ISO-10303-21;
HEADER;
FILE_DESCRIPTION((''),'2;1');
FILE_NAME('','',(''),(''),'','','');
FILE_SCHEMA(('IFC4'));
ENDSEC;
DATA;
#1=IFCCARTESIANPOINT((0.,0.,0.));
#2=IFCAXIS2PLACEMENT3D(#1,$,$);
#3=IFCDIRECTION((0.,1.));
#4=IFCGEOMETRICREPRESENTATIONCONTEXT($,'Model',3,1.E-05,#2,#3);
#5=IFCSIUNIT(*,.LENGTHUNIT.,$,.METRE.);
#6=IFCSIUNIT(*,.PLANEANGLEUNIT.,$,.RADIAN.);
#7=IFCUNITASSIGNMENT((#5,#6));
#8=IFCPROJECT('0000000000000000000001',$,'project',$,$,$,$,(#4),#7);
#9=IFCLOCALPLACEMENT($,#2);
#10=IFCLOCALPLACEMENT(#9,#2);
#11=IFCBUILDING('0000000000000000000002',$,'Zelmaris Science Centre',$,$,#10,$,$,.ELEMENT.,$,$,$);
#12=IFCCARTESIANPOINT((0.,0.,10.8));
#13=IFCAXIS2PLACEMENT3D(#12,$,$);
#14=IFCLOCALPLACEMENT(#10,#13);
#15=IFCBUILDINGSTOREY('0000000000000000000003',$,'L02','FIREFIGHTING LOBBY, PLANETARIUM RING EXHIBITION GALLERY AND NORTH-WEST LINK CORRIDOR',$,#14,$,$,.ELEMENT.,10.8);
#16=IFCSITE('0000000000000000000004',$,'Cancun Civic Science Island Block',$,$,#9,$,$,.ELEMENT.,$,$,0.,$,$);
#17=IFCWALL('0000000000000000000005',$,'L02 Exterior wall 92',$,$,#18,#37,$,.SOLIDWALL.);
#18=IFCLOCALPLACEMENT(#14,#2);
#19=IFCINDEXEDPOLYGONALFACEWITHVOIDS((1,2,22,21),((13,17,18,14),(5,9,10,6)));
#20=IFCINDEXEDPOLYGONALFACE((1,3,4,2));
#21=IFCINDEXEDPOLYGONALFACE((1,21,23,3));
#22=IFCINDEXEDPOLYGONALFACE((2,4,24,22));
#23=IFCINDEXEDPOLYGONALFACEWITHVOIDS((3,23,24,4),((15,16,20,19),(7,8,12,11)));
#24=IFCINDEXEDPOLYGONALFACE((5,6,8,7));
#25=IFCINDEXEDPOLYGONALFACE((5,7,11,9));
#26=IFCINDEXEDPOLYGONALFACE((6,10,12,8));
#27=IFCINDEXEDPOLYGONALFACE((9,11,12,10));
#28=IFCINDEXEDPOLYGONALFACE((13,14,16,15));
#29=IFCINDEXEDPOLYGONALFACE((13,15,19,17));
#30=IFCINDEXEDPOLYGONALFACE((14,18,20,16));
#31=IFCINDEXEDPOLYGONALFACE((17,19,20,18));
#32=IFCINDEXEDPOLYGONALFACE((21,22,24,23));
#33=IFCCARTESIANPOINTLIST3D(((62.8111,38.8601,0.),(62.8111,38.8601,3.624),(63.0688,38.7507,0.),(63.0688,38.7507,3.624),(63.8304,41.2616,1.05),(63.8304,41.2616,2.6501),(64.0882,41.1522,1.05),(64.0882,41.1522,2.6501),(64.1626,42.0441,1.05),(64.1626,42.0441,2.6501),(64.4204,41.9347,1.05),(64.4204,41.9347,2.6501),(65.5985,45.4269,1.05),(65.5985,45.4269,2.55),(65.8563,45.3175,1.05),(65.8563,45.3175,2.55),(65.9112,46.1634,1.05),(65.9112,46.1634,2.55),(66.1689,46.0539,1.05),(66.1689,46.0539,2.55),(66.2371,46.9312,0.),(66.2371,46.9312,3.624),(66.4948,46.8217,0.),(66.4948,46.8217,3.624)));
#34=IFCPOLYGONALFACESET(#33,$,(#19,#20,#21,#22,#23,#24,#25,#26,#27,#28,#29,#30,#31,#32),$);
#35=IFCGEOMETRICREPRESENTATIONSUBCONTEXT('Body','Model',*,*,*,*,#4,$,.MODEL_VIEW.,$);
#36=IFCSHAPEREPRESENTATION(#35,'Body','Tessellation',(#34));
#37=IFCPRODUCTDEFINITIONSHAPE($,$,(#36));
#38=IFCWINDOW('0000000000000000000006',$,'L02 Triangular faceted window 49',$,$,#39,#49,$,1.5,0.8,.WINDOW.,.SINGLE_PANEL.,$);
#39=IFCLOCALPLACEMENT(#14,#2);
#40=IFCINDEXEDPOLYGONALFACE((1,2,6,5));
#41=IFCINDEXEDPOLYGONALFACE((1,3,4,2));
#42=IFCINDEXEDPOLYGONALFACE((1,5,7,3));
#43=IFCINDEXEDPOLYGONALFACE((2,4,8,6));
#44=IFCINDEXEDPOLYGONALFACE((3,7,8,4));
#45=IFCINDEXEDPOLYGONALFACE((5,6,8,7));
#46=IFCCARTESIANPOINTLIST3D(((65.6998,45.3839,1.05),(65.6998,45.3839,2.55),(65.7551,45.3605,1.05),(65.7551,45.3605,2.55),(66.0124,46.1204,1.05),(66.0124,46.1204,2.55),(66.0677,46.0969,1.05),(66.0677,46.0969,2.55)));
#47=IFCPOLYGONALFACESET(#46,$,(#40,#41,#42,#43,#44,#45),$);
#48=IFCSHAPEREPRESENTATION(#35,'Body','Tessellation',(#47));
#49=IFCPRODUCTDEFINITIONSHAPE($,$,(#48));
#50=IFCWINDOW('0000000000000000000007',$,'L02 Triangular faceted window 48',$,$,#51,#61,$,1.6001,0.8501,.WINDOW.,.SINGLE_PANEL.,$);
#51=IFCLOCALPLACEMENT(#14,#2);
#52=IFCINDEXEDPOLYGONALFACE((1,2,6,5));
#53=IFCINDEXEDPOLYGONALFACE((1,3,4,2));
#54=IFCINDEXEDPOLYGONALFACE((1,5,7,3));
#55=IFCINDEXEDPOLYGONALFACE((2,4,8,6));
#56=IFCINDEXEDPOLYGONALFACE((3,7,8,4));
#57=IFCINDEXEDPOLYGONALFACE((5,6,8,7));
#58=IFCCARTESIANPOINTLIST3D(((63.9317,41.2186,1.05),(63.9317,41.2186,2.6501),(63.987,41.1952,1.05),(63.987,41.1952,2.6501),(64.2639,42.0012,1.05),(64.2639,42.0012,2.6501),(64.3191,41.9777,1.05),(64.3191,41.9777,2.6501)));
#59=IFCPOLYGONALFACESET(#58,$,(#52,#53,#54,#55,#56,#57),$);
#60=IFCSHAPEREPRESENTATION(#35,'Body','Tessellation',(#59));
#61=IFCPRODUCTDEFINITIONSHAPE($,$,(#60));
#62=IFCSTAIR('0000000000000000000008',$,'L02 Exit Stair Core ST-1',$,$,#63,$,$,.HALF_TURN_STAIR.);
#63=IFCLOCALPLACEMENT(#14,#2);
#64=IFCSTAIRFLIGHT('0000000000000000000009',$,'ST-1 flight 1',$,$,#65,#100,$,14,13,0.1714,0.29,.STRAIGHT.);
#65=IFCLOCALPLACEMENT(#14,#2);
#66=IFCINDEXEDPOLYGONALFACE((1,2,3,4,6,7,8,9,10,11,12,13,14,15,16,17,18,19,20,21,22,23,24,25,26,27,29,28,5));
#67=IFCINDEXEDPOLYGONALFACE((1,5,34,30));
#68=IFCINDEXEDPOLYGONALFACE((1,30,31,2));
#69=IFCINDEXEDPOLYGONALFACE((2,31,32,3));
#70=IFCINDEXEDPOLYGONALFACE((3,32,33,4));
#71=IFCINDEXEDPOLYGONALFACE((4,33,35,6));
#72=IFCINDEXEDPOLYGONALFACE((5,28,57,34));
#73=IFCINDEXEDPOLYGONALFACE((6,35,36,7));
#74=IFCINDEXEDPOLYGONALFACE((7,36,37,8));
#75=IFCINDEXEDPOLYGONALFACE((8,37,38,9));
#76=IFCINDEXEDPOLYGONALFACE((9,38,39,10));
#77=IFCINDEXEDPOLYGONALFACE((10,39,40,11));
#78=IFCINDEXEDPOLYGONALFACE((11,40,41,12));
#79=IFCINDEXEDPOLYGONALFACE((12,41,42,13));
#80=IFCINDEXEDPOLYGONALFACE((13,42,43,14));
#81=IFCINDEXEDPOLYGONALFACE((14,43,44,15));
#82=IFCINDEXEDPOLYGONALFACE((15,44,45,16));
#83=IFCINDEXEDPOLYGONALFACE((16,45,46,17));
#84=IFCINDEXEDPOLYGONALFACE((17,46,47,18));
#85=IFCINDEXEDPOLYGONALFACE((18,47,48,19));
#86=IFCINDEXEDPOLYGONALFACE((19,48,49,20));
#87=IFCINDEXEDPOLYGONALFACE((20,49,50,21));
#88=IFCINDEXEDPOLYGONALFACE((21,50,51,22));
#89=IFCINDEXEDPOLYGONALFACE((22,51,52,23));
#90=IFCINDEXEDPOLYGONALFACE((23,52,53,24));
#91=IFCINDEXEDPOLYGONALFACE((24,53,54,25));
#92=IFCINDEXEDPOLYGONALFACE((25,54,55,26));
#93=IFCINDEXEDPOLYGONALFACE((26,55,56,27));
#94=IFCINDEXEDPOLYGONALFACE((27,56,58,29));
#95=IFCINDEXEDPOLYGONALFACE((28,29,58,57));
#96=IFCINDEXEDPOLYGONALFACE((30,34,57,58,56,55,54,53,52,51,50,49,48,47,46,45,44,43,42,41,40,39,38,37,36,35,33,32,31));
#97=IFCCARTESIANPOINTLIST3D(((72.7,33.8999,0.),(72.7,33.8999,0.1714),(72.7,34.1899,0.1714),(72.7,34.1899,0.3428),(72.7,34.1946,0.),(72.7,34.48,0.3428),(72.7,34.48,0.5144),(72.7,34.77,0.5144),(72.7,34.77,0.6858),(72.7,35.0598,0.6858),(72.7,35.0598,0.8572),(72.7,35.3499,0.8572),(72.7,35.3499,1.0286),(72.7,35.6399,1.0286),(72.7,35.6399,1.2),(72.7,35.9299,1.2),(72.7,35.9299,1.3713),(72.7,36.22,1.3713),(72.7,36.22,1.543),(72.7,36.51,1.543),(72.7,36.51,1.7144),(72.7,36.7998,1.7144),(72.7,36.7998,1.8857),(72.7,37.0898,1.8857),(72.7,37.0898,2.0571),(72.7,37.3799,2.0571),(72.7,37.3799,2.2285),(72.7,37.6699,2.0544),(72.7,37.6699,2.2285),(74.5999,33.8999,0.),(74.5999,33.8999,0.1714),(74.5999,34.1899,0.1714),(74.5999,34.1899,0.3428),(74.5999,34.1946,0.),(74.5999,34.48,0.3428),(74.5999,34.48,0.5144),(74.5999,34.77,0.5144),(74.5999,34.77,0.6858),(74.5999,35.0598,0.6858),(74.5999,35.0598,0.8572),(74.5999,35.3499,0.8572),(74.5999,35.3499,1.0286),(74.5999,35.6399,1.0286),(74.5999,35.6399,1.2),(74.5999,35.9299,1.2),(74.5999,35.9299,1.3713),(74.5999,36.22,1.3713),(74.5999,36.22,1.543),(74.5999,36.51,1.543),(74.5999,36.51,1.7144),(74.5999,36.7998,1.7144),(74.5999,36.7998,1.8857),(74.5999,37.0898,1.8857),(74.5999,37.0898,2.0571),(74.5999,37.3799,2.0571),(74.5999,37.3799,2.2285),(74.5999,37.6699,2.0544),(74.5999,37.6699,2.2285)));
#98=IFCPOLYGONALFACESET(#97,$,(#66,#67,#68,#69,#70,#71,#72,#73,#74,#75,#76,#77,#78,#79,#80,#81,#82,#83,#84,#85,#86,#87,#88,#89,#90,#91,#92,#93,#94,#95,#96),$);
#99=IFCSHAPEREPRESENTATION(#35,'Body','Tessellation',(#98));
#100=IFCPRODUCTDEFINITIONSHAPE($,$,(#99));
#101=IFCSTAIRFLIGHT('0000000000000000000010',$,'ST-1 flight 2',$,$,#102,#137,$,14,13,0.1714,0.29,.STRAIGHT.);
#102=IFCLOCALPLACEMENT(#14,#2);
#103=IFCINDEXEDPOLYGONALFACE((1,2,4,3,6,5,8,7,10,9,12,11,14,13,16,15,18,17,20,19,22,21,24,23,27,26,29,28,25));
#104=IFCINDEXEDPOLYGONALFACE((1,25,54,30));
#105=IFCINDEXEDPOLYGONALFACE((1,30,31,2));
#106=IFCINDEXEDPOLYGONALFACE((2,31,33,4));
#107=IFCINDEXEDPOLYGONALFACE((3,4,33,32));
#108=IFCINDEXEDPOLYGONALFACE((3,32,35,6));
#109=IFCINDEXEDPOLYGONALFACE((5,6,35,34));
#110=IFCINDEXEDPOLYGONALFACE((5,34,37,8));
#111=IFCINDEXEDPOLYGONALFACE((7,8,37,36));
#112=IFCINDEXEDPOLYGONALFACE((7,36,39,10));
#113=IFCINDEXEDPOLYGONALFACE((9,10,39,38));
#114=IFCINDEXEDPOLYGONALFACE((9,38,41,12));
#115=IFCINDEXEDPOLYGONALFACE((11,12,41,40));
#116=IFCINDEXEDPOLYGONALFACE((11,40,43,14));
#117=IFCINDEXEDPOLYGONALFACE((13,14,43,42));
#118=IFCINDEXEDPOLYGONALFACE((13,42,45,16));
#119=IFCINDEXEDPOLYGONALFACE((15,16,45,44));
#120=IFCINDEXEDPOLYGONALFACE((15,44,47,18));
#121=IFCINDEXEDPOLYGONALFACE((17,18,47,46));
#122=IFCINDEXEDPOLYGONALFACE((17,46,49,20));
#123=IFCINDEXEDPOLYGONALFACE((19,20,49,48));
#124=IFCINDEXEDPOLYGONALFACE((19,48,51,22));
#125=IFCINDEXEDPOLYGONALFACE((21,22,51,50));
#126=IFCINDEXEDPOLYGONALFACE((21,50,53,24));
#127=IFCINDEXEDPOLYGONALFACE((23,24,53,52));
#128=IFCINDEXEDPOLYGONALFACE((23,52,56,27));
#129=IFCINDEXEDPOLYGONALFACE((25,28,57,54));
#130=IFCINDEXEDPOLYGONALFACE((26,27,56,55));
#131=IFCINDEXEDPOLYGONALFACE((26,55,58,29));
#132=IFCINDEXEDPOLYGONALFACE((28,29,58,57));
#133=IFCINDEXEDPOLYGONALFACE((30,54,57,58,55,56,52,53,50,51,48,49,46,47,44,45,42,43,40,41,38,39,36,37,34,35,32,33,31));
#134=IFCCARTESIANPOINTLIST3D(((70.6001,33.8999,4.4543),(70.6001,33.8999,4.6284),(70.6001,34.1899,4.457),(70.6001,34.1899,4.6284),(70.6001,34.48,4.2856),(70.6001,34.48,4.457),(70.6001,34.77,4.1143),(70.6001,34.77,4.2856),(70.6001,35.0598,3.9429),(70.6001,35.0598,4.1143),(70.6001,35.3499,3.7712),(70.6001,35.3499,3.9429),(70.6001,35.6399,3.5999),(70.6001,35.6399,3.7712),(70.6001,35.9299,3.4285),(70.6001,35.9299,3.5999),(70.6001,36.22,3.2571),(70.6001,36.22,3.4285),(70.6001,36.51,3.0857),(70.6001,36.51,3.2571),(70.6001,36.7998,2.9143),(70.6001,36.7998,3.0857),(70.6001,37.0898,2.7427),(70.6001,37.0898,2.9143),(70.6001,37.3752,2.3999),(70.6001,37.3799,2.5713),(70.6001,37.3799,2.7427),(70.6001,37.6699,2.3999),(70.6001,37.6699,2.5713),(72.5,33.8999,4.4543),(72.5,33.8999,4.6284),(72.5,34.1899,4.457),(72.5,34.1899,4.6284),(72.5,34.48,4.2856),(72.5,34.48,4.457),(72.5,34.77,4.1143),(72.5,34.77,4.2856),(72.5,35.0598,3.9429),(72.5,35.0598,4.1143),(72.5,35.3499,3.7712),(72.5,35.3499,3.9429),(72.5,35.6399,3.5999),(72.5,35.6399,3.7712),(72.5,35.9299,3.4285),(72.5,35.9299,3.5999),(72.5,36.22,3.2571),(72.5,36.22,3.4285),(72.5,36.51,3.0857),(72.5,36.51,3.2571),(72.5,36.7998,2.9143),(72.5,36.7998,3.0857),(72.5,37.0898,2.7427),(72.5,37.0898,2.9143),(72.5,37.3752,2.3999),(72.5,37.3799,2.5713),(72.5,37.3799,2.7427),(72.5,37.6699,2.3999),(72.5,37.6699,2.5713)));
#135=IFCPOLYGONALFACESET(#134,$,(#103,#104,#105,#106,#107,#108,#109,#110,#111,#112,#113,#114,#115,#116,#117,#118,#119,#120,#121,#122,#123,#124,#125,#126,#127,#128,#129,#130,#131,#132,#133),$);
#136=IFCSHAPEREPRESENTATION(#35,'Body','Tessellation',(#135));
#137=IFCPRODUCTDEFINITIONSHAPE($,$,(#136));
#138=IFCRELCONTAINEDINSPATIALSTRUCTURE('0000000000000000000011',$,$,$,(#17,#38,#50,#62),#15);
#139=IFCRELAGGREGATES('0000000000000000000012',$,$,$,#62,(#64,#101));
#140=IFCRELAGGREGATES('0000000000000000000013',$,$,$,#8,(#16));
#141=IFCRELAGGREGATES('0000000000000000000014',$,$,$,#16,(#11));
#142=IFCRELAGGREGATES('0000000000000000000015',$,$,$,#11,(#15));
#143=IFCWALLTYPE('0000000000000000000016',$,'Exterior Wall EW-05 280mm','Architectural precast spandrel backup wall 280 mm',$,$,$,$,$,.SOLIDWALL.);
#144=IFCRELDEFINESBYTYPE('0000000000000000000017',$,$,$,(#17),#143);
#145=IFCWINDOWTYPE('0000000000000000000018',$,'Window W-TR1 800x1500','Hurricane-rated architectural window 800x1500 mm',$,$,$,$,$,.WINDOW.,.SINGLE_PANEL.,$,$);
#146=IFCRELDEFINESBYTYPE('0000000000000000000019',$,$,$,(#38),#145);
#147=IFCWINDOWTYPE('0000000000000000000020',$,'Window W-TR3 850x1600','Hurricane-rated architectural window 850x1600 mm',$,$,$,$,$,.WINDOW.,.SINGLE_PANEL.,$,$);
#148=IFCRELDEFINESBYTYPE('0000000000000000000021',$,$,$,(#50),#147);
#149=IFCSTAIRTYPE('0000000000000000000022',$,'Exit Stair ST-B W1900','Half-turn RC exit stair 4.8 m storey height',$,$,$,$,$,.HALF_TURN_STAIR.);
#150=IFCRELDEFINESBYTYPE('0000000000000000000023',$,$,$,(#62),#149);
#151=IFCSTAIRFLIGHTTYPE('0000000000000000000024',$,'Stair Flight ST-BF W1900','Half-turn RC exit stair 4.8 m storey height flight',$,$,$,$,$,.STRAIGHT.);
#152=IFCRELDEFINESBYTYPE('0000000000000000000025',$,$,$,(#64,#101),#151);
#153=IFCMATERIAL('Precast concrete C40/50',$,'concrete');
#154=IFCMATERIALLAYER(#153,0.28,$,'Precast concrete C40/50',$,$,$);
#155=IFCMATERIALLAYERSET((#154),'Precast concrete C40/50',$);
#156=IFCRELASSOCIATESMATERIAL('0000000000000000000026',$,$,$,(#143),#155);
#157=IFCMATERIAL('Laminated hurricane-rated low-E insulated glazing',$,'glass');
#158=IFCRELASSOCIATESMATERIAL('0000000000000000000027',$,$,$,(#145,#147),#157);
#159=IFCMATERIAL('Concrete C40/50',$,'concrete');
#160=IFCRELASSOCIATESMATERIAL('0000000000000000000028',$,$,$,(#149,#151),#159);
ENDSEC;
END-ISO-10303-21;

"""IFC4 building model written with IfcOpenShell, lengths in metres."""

from ifc_helpers import new_model, si_unit, direction, frame, frame_2d, origin, place, context, subcontext, project, spatial, polyline, rectangle, outline, extrude, material, layer, layer_set, type_object, element, fill, aggregate, save


model = new_model("IFC4")

# Units and contexts
model_context = context("Model", 3, precision=1e-05, world=origin(), true_north=direction((0.0, 1.0)))
body_context = subcontext(model_context, "Body", "Model", "MODEL_VIEW")
ifc_project = project(units=[si_unit("LENGTHUNIT", "METRE"), si_unit("PLANEANGLEUNIT", "RADIAN")], contexts=[model_context])

# Site, building, storey
site_placement = place(None, origin())
site = spatial("IfcSite", under=ifc_project, at=site_placement, Name="Cancun Civic Science Island Block", CompositionType="ELEMENT", RefElevation=0.0)
building_placement = place(site_placement, origin())
building = spatial("IfcBuilding", under=site, at=building_placement, Name="Zelmaris Science Centre", CompositionType="ELEMENT")
storey_placement = place(building_placement, frame((0.0, 0.0, 10.8)))
storey = spatial("IfcBuildingStorey", under=building, at=storey_placement, Name="L02", Description="FIREFIGHTING LOBBY, PLANETARIUM RING EXHIBITION GALLERY AND NORTH-WEST LINK CORRIDOR", CompositionType="ELEMENT", Elevation=10.8)

# Shared definitions
ifc_material_1 = material(Name="Precast concrete C40/50", Category="concrete")

# Shared definitions
ifc_material_2 = material(Name="Concrete C40/50", Category="concrete")

# Wall, openings, windows
ifc_layer_1 = layer(ifc_material_1, 0.28, Name="Precast concrete C40/50")
ifc_layer_set_1 = layer_set([ifc_layer_1], Name="Precast concrete C40/50")
wall_type_1 = type_object("IfcWallType", Name="Exterior Wall EW-05 280mm", Description="Architectural precast spandrel backup wall 280 mm", PredefinedType="SOLIDWALL", material=ifc_layer_set_1)
wall_1_placement = place(storey_placement, frame((62.9399, 38.8054, 0.0), z_axis=(0.0, 0.0, 1.0), x_axis=(0.390738, 0.920502, 0.0)))
wall_1 = element("IfcWall", 1, at=wall_1_placement, inside=storey, type_object=wall_type_1, Name="L02 Exterior wall 92", PredefinedType="SOLIDWALL", context=body_context, shape_type="SweptSolid", body=[
    extrude(rectangle(XDim=8.7681, YDim=0.28, at=frame_2d((4.384, 0.0))), origin(), (0.0, 0.0, 1.0), 3.624),
])
opening_1_placement = place(wall_1_placement, frame((2.6089, 0.0, 1.05)))
opening_1 = element("IfcOpeningElement", 2, at=opening_1_placement, cuts=wall_1, PredefinedType="OPENING", context=body_context, shape_type="SweptSolid", body=[
    extrude(rectangle(XDim=0.8501, YDim=1.6001, at=frame_2d((0.425, 0.8))), frame((0.0, 0.1499, 0.0), z_axis=(0.0, -1.0, 0.0), x_axis=(1.0, 0.0, 0.0)), (0.0, 0.0, 1.0), 0.3),
])
opening_2_placement = place(wall_1_placement, frame((7.134, 0.0, 1.05)))
opening_2 = element("IfcOpeningElement", 3, at=opening_2_placement, cuts=wall_1, PredefinedType="OPENING", context=body_context, shape_type="SweptSolid", body=[
    extrude(rectangle(XDim=0.8, YDim=1.5, at=frame_2d((0.3999, 0.75))), frame((0.0, 0.1499, 0.0), z_axis=(0.0, -1.0, 0.0), x_axis=(1.0, 0.0, 0.0)), (0.0, 0.0, 1.0), 0.3),
])
ifc_material_3 = material(Name="Laminated hurricane-rated low-E insulated glazing", Category="glass")
window_type_1 = type_object("IfcWindowType", Name="Window W-TR1 800x1500", Description="Hurricane-rated architectural window 800x1500 mm", PartitioningType="SINGLE_PANEL", PredefinedType="WINDOW", material=ifc_material_3)
window_1_placement = place(opening_2_placement, origin())
window_1 = element("IfcWindow", 4, at=window_1_placement, inside=storey, type_object=window_type_1, Name="L02 Triangular faceted window 49", OverallHeight=1.5, OverallWidth=0.8, PartitioningType="SINGLE_PANEL", PredefinedType="WINDOW", context=body_context, shape_type="SweptSolid", body=[
    extrude(rectangle(XDim=0.8, YDim=1.5, at=frame_2d((0.3999, 0.75))), frame((0.0, 0.03, 0.0), z_axis=(0.0, -1.0, 0.0), x_axis=(1.0, 0.0, 0.0)), (0.0, 0.0, 1.0), 0.0601),
])
fill(opening_2, window_1)
window_type_2 = type_object("IfcWindowType", Name="Window W-TR3 850x1600", Description="Hurricane-rated architectural window 850x1600 mm", PartitioningType="SINGLE_PANEL", PredefinedType="WINDOW", material=ifc_material_3)
window_2_placement = place(opening_1_placement, origin())
window_2 = element("IfcWindow", 5, at=window_2_placement, inside=storey, type_object=window_type_2, Name="L02 Triangular faceted window 48", OverallHeight=1.6001, OverallWidth=0.8501, PartitioningType="SINGLE_PANEL", PredefinedType="WINDOW", context=body_context, shape_type="SweptSolid", body=[
    extrude(rectangle(XDim=0.8501, YDim=1.6001, at=frame_2d((0.425, 0.8))), frame((0.0, 0.03, 0.0), z_axis=(0.0, -1.0, 0.0), x_axis=(1.0, 0.0, 0.0)), (0.0, 0.0, 1.0), 0.0601),
])
fill(opening_1, window_2)

# Stair, stair flights
stair_type = type_object("IfcStairType", Name="Exit Stair ST-B W1900", Description="Half-turn RC exit stair 4.8 m storey height", PredefinedType="HALF_TURN_STAIR", material=ifc_material_2)
stair_placement = place(storey_placement, origin())
stair = element("IfcStair", 6, at=stair_placement, inside=storey, type_object=stair_type, Name="L02 Exit Stair Core ST-1", PredefinedType="HALF_TURN_STAIR")
stair_flight_type = type_object("IfcStairFlightType", Name="Stair Flight ST-BF W1900", Description="Half-turn RC exit stair 4.8 m storey height flight", PredefinedType="STRAIGHT", material=ifc_material_2)
stair_flight_1_placement = place(storey_placement, frame((73.6499, 33.8999, 0.0), z_axis=(0.0, 0.0, 1.0), x_axis=(0.0, 1.0, 0.0)))
stair_flight_1 = element("IfcStairFlight", 7, at=stair_flight_1_placement, type_object=stair_flight_type, Name="ST-1 flight 1", NumberOfRisers=14, NumberOfTreads=13, PredefinedType="STRAIGHT", RiserHeight=0.1714, TreadLength=0.29, context=body_context, shape_type="SweptSolid", body=[
    extrude(outline(polyline([(0.0, 0.0), (0.0, 0.1714), (0.29, 0.1714), (0.29, 0.3428), (0.5801, 0.3428), (0.5801, 0.5144), (0.8701, 0.5144), (0.8701, 0.6858), (1.1599, 0.6858), (1.1599, 0.8572), (1.45, 0.8572), (1.45, 1.0286), (1.74, 1.0286), (1.74, 1.2), (2.03, 1.2), (2.03, 1.3713), (2.3201, 1.3713), (2.3201, 1.543), (2.6101, 1.543), (2.6101, 1.7144), (2.8999, 1.7144), (2.8999, 1.8857), (3.1899, 1.8857), (3.1899, 2.0571), (3.48, 2.0571), (3.48, 2.2285), (3.77, 2.2285), (3.77, 2.3999), (3.77, 2.0544), (0.2947, 0.0), (0.0, 0.0)])), frame((0.0, 0.95, 0.0), z_axis=(0.0, -1.0, 0.0), x_axis=(1.0, 0.0, 0.0)), (0.0, 0.0, 1.0), 1.8999),
])
stair_flight_2_placement = place(storey_placement, frame((71.55, 37.6699, 2.3999), z_axis=(0.0, 0.0, 1.0), x_axis=(0.0, -1.0, 0.0)))
stair_flight_2 = element("IfcStairFlight", 8, at=stair_flight_2_placement, type_object=stair_flight_type, Name="ST-1 flight 2", NumberOfRisers=14, NumberOfTreads=13, PredefinedType="STRAIGHT", RiserHeight=0.1714, TreadLength=0.29, context=body_context, shape_type="SweptSolid", body=[
    extrude(outline(polyline([(0.0, 0.0), (0.0, 0.1714), (0.29, 0.1714), (0.29, 0.3428), (0.5801, 0.3428), (0.5801, 0.5144), (0.8701, 0.5144), (0.8701, 0.6858), (1.1599, 0.6858), (1.1599, 0.8572), (1.45, 0.8572), (1.45, 1.0286), (1.74, 1.0286), (1.74, 1.2), (2.03, 1.2), (2.03, 1.3713), (2.3201, 1.3713), (2.3201, 1.543), (2.6101, 1.543), (2.6101, 1.7144), (2.8999, 1.7144), (2.8999, 1.8857), (3.1899, 1.8857), (3.1899, 2.0571), (3.48, 2.0571), (3.48, 2.2285), (3.77, 2.2285), (3.77, 2.3999), (3.77, 2.0544), (0.2947, 0.0), (0.0, 0.0)])), frame((0.0, 0.95, 0.0), z_axis=(0.0, -1.0, 0.0), x_axis=(1.0, 0.0, 0.0)), (0.0, 0.0, 1.0), 1.8999),
])
aggregate(stair, [stair_flight_1, stair_flight_2])

save(model, "model.ifc")
